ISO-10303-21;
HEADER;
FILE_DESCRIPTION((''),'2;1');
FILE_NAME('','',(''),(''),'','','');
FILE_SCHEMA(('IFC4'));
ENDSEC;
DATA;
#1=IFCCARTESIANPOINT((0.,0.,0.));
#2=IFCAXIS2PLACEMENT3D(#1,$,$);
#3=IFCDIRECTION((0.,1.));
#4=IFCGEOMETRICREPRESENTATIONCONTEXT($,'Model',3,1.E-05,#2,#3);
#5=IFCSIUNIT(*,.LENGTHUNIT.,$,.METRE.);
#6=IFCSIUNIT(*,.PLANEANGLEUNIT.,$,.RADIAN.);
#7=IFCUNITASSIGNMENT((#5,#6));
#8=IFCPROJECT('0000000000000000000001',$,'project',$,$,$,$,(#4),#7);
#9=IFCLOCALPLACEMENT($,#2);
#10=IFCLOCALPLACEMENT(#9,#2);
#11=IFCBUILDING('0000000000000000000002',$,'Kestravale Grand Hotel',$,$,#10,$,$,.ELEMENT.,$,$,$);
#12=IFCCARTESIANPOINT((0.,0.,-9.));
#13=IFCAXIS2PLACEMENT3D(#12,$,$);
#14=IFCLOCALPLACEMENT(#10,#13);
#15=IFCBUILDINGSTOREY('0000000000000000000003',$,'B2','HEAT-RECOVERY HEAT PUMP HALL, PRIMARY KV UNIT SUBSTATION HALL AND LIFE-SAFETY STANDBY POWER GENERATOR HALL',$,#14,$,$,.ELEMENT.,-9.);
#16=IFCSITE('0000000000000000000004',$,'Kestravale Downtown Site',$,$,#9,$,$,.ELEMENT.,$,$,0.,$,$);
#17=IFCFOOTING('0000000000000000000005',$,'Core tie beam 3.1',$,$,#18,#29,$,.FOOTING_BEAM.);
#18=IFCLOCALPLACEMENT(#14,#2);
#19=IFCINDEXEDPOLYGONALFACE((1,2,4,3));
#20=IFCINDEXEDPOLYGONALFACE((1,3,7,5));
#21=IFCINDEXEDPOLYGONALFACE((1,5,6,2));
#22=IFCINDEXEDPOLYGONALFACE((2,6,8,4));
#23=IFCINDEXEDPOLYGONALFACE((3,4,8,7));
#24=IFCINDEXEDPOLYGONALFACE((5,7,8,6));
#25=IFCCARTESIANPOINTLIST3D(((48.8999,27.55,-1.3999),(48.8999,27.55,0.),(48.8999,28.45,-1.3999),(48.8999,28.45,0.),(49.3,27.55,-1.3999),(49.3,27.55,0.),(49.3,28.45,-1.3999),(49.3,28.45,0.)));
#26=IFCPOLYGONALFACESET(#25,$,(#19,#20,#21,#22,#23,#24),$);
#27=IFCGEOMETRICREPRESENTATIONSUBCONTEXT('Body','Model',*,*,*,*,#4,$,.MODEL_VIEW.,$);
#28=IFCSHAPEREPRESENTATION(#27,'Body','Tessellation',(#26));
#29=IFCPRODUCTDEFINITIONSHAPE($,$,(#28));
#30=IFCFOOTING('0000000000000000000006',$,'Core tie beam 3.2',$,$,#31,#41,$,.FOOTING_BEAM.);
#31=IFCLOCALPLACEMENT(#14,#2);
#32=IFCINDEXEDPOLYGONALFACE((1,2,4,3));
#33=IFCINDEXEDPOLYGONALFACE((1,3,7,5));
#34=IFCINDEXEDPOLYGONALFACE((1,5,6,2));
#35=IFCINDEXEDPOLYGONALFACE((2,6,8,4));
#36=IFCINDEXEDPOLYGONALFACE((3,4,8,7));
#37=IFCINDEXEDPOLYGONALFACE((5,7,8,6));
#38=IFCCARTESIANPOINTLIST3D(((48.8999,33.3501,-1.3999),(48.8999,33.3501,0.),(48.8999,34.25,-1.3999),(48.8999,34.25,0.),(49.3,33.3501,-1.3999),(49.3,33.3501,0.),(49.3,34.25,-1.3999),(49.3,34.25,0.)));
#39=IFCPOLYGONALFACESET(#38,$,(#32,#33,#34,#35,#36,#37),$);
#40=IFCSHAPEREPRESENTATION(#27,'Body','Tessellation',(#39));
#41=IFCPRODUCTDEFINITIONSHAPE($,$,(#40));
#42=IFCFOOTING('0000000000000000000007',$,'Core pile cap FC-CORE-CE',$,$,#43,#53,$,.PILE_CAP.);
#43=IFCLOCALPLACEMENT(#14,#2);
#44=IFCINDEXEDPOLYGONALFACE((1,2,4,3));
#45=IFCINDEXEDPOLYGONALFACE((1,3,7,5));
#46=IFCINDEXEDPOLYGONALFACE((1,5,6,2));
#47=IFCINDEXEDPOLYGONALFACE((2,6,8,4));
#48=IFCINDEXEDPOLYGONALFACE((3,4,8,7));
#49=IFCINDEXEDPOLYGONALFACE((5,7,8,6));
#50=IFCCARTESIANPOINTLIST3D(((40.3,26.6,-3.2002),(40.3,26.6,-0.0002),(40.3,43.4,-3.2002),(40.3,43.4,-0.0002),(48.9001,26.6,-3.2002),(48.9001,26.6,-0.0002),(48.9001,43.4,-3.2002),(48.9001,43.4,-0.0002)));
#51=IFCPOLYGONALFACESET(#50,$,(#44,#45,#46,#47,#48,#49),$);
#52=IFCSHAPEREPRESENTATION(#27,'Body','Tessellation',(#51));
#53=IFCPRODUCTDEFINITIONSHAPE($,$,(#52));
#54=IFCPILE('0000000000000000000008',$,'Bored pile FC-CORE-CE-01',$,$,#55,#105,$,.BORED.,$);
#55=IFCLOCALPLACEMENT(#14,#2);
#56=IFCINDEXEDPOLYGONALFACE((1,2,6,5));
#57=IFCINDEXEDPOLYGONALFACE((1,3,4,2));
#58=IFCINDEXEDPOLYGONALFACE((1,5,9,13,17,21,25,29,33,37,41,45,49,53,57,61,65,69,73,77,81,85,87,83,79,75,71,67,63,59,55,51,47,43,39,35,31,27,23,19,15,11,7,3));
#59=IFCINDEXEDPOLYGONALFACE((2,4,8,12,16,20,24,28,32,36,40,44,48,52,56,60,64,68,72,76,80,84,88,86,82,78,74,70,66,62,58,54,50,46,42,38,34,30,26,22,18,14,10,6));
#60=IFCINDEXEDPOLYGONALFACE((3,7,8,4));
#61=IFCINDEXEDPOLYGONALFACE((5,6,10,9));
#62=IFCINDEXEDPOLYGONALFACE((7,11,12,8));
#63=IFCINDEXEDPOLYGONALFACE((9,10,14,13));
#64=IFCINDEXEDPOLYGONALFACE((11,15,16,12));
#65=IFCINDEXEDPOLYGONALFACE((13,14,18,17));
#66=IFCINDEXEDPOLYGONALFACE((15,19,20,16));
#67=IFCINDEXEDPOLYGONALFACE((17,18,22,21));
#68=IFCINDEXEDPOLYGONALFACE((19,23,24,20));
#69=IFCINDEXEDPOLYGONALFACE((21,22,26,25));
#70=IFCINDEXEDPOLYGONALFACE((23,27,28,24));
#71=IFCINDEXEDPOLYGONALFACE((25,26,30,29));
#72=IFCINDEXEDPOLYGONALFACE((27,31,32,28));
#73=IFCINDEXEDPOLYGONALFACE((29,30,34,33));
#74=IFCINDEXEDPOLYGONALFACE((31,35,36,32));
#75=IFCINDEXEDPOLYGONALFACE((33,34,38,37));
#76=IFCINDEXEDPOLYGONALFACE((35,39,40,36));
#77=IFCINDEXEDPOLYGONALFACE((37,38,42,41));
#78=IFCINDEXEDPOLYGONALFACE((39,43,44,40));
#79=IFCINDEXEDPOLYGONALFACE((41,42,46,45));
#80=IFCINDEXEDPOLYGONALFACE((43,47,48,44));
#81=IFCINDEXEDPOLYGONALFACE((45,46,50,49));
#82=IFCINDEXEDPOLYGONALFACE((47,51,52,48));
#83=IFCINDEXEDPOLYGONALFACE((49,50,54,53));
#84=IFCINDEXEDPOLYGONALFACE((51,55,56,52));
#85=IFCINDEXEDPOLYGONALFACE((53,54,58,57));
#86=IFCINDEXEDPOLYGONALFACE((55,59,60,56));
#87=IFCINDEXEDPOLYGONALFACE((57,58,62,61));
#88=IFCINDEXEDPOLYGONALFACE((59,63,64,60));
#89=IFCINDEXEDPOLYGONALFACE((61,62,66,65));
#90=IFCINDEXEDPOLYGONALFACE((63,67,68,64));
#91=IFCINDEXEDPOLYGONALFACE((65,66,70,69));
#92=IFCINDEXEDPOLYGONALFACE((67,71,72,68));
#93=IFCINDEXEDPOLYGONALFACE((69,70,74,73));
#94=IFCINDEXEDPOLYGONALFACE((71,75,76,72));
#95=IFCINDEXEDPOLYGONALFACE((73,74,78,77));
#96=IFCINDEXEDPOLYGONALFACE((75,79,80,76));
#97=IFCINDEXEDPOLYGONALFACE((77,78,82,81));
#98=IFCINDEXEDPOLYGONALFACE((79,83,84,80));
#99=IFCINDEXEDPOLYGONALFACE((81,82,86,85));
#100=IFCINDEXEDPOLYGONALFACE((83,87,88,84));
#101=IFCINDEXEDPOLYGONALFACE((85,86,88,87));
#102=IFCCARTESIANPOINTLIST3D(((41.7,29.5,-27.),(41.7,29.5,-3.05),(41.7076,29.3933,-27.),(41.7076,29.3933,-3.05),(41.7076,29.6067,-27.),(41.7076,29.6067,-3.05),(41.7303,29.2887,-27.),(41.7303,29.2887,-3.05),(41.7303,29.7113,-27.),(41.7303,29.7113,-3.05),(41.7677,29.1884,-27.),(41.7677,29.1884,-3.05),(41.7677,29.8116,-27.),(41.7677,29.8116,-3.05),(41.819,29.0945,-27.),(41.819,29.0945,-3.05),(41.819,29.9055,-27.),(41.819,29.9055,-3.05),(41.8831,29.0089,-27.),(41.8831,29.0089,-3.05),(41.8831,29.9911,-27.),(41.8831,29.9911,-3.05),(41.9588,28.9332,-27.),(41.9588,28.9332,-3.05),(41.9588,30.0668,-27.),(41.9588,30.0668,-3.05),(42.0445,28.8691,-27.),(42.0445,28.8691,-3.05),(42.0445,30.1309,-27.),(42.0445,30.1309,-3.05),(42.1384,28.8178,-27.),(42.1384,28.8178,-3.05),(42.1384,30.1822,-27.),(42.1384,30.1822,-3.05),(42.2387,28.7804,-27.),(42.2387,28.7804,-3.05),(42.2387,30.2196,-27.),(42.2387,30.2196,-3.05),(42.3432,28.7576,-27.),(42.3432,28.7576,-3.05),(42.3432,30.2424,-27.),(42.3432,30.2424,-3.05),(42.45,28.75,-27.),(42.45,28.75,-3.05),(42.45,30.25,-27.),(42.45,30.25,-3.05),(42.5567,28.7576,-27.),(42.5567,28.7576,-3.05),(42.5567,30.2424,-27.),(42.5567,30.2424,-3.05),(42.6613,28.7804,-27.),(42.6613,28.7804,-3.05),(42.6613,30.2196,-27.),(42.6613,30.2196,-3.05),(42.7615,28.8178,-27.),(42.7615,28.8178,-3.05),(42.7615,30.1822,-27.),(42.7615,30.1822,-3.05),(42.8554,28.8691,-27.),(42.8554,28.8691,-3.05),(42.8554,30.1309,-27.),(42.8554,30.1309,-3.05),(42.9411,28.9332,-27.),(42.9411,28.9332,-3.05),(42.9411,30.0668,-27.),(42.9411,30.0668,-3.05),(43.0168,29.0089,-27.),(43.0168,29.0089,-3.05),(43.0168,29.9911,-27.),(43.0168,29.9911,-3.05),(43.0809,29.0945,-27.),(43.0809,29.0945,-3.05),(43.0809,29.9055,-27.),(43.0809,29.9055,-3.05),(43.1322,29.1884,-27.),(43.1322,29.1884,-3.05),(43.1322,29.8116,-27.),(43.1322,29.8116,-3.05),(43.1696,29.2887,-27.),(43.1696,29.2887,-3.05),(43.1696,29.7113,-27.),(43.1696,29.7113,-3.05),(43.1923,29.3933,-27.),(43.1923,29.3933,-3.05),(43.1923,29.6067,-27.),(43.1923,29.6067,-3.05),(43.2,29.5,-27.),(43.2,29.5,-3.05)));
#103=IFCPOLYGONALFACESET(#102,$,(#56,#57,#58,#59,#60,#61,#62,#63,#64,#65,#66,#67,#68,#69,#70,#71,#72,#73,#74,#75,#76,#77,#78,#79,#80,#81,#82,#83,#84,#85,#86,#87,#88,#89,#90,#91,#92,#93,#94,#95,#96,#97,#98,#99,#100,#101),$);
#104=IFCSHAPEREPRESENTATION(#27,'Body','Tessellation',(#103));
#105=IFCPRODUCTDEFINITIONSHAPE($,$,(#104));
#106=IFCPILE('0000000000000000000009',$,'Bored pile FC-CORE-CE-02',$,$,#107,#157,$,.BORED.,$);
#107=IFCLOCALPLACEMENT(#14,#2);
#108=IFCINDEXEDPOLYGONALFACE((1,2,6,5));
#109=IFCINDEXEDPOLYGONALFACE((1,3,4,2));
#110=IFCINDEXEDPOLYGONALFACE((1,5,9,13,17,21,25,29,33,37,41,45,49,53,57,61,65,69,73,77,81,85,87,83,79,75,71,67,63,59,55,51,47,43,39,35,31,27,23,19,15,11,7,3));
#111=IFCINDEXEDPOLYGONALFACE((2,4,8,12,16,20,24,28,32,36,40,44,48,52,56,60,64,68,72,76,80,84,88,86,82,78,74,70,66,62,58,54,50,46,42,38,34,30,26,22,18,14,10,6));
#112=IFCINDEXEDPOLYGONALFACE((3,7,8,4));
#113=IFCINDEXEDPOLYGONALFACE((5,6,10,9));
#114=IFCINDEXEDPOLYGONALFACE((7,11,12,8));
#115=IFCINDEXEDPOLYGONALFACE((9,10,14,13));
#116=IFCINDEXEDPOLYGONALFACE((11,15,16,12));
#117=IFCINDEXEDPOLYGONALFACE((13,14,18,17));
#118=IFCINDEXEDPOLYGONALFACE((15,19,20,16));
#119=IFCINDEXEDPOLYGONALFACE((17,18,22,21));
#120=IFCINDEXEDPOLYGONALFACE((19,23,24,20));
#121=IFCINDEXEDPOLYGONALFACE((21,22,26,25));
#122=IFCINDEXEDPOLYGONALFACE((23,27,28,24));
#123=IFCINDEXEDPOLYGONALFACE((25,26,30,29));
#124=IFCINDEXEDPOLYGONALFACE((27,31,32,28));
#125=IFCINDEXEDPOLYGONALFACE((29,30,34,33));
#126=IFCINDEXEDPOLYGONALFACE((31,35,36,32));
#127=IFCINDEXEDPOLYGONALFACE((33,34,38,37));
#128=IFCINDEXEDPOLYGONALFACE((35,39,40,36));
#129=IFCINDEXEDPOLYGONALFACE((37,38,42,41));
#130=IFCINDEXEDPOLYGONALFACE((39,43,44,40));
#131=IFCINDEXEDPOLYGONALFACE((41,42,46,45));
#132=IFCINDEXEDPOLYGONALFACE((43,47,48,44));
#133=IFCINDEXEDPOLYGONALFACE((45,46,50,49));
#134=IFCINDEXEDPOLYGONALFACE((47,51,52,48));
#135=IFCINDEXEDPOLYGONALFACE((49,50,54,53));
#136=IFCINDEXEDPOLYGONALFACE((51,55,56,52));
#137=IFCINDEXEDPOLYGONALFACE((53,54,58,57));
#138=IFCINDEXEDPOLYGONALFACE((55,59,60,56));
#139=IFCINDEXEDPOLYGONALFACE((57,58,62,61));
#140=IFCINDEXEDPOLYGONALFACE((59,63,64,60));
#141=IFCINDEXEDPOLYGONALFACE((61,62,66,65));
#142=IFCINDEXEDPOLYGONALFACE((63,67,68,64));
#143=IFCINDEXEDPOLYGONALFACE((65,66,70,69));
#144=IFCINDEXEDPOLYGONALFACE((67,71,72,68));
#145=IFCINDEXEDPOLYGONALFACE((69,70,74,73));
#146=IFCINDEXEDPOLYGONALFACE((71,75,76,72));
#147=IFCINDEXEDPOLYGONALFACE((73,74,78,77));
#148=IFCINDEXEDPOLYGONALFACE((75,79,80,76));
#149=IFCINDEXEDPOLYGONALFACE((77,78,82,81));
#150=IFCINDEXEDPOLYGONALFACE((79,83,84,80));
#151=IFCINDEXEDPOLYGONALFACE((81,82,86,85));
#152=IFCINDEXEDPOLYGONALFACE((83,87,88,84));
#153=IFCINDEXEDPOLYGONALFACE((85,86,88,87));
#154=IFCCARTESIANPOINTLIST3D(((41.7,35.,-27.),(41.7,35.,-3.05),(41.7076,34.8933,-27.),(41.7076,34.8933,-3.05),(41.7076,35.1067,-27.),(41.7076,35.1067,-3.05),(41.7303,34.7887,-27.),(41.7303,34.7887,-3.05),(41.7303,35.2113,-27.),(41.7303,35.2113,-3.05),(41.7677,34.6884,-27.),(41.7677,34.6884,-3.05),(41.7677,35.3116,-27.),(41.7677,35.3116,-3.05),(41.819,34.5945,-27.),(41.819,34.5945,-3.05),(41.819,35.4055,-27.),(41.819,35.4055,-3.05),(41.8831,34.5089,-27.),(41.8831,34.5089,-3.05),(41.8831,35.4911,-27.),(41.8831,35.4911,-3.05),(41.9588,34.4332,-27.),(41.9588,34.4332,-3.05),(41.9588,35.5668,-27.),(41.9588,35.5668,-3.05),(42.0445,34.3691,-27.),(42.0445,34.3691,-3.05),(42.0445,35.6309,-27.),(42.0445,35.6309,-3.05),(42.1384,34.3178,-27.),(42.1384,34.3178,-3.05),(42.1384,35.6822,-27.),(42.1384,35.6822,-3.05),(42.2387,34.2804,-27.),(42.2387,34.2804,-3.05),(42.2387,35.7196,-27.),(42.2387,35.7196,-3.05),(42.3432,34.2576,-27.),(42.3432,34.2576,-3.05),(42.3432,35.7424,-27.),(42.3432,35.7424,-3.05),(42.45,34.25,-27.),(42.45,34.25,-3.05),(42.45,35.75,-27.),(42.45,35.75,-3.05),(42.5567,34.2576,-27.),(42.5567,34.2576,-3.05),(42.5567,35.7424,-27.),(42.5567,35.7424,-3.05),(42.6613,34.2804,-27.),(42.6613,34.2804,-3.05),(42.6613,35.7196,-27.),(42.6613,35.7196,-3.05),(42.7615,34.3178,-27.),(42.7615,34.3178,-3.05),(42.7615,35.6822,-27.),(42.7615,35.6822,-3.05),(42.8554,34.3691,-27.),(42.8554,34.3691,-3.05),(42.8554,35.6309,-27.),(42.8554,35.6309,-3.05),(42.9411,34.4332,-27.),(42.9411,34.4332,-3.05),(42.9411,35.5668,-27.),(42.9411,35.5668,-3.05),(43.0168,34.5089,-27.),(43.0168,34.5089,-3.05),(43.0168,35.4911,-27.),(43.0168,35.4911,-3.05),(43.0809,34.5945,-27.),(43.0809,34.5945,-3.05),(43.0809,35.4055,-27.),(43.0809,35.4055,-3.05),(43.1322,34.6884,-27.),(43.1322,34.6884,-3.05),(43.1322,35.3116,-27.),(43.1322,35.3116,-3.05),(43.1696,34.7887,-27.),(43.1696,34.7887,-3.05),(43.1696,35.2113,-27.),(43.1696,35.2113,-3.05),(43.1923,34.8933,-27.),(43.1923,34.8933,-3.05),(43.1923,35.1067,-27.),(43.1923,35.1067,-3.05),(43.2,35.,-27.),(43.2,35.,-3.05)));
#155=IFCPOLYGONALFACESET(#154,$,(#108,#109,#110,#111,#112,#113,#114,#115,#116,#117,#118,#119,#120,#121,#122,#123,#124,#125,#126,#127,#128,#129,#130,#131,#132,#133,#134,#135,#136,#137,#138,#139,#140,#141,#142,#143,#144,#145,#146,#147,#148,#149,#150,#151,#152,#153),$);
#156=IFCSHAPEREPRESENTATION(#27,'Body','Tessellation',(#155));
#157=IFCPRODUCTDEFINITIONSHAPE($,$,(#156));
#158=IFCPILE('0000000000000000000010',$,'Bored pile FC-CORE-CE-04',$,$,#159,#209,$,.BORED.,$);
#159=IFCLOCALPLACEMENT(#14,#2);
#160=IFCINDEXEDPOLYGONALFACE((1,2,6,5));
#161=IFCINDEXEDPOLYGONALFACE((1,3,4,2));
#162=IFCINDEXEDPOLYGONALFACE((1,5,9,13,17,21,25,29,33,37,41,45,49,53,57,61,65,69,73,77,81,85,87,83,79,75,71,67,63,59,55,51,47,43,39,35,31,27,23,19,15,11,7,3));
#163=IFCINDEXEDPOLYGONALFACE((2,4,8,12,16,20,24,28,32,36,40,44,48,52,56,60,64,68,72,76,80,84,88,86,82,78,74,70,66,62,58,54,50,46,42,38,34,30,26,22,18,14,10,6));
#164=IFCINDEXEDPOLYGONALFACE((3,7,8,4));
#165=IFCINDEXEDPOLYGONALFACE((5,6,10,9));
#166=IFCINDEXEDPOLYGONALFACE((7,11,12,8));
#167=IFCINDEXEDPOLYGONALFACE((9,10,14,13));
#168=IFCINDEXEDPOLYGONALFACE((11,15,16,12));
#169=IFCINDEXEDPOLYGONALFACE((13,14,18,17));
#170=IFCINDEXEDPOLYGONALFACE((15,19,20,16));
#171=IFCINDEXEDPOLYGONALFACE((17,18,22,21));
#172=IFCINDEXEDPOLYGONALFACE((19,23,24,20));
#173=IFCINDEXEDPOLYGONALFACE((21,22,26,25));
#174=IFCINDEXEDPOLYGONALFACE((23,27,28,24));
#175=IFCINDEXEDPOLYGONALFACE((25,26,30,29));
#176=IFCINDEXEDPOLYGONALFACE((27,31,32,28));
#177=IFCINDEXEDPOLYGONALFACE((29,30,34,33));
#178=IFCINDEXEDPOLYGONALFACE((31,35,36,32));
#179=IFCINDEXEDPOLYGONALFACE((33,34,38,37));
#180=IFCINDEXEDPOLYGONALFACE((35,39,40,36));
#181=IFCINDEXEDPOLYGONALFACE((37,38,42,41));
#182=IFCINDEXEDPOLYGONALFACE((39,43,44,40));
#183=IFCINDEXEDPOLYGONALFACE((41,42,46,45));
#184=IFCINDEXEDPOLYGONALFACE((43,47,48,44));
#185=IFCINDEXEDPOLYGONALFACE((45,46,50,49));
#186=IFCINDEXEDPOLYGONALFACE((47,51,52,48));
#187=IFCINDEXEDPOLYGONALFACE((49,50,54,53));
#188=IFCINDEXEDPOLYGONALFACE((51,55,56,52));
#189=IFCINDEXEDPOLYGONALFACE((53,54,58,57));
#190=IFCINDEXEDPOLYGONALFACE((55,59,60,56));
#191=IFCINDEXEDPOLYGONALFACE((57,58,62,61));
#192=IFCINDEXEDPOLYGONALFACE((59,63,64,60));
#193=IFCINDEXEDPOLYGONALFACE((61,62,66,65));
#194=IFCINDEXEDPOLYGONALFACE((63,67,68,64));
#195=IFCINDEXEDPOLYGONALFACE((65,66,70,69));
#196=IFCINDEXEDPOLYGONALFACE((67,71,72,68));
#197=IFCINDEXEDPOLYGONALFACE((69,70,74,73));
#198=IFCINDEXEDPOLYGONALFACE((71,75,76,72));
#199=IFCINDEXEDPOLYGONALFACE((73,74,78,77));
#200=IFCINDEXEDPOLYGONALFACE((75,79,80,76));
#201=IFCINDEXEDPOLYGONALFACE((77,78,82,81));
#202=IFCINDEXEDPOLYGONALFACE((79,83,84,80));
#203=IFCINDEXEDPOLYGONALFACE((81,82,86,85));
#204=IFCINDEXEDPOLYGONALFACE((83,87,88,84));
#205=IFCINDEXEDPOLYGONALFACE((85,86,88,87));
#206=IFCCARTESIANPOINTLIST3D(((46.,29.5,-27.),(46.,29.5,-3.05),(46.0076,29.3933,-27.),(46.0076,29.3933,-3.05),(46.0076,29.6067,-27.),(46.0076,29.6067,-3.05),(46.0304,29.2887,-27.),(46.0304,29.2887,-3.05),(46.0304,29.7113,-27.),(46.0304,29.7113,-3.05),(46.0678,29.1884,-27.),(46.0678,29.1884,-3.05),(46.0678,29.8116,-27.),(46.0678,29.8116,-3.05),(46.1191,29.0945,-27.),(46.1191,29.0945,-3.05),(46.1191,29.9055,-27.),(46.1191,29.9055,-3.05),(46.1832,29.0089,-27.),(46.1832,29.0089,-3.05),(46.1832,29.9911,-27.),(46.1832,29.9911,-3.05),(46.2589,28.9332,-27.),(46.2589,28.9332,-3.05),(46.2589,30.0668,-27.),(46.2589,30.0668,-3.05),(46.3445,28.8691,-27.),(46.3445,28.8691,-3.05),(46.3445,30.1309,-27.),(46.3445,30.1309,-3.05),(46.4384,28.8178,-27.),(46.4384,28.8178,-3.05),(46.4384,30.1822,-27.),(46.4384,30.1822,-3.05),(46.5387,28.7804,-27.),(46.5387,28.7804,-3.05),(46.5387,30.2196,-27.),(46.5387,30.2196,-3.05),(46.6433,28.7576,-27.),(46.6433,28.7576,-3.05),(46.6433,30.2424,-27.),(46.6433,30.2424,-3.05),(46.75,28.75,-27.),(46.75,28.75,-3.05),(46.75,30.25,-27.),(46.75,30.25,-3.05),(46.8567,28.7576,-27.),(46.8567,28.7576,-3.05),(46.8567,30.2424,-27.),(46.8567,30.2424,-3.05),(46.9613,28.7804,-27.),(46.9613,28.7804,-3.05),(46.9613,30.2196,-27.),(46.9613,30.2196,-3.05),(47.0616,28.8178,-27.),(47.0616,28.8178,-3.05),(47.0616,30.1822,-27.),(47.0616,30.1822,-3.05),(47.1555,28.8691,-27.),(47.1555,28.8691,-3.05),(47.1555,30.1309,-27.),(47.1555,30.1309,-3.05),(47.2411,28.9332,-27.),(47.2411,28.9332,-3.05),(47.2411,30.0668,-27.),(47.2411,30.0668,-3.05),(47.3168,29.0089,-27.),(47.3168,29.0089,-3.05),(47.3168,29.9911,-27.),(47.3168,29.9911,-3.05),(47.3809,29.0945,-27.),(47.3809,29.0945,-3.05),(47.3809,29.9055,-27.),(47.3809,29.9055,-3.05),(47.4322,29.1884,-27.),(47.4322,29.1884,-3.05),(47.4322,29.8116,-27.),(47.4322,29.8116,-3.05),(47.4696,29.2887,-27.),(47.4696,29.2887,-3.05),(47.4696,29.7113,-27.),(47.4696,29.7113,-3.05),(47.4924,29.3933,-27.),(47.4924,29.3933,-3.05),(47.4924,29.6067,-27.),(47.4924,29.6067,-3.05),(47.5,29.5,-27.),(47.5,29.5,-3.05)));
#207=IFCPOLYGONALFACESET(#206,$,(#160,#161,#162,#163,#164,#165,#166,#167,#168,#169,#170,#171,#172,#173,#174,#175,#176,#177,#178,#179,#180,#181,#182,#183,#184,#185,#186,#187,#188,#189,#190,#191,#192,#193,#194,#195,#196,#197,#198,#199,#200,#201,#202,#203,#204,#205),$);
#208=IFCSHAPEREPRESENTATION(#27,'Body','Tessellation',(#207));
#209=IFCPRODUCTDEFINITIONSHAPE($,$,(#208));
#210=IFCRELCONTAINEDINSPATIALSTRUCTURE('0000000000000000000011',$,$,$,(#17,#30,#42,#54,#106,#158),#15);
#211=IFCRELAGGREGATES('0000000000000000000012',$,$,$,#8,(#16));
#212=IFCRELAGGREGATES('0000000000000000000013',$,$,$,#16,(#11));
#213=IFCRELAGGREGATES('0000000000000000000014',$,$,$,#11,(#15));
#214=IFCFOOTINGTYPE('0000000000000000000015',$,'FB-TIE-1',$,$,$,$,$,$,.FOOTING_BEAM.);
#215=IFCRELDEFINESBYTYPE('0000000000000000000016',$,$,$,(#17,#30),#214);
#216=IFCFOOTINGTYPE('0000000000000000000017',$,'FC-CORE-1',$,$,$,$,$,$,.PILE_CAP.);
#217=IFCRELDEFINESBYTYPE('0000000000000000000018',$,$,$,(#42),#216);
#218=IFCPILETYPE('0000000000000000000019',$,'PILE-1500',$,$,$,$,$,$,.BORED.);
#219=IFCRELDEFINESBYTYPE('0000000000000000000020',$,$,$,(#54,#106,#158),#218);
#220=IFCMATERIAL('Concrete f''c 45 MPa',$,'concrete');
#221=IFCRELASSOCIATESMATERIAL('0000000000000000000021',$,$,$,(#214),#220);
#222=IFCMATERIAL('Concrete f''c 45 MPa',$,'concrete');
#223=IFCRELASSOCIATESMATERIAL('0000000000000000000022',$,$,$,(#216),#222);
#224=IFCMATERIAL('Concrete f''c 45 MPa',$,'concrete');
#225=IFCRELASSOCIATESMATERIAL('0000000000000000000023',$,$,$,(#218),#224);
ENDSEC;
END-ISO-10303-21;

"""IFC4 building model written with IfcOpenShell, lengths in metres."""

from ifc_helpers import new_model, si_unit, direction, frame, origin, origin_2d, place, context, subcontext, project, spatial, rectangle, circle, extrude, material, material_profile, profile_set, type_object, element, save


model = new_model("IFC4")

# Units and contexts
model_context = context("Model", 3, precision=1e-05, world=origin(), true_north=direction((0.0, 1.0)))
body_context = subcontext(model_context, "Body", "Model", "MODEL_VIEW")
ifc_project = project(units=[si_unit("LENGTHUNIT", "METRE"), si_unit("PLANEANGLEUNIT", "RADIAN")], contexts=[model_context])

# Site, building, storey
site_placement = place(None, origin())
site = spatial("IfcSite", under=ifc_project, at=site_placement, Name="Kestravale Downtown Site", CompositionType="ELEMENT", RefElevation=0.0)
building_placement = place(site_placement, origin())
building = spatial("IfcBuilding", under=site, at=building_placement, Name="Kestravale Grand Hotel", CompositionType="ELEMENT")
storey_placement = place(building_placement, frame((0.0, 0.0, -9.0)))
storey = spatial("IfcBuildingStorey", under=building, at=storey_placement, Name="B2", Description="HEAT-RECOVERY HEAT PUMP HALL, PRIMARY KV UNIT SUBSTATION HALL AND LIFE-SAFETY STANDBY POWER GENERATOR HALL", CompositionType="ELEMENT", Elevation=-9.0)

# Footings
ifc_material_1 = material(Name="Concrete f'c 45 MPa", Category="concrete")
ifc_material_profile_1 = material_profile(ifc_material_1, rectangle(XDim=0.8999, YDim=1.3999, at=origin_2d()))
ifc_profile_set_1 = profile_set([ifc_material_profile_1], Name="Concrete f'c 45 MPa")
footing_type_1 = type_object("IfcFootingType", Name="FB-TIE-1", PredefinedType="FOOTING_BEAM", material=ifc_profile_set_1)
for number, where, z_axis, x_axis, name in (
    (1, (48.8999, 28.0, -0.7), (1.0, 0.0, 0.0), (0.0, 1.0, 0.0), "Core tie beam 3.1"),
    (2, (48.8999, 33.8, -0.7), (1.0, 0.0, 0.0), (0.0, 1.0, 0.0), "Core tie beam 3.2"),
):
    element("IfcFooting", number, at=place(storey_placement, frame(where, z_axis=z_axis, x_axis=x_axis)), inside=storey, type_object=footing_type_1, Name=name, PredefinedType="FOOTING_BEAM", context=body_context, shape_type="SweptSolid", body=[
        extrude(rectangle(XDim=0.8999, YDim=1.3999, at=origin_2d()), origin(), (0.0, 0.0, 1.0), 0.4001),
    ])
ifc_material_2 = material(Name="Concrete f'c 45 MPa", Category="concrete")
footing_type_2 = type_object("IfcFootingType", Name="FC-CORE-1", PredefinedType="PILE_CAP", material=ifc_material_2)
footing_placement = place(storey_placement, frame((44.6001, 35.0, -3.2002), z_axis=(0.0, 0.0, 1.0), x_axis=(1.0, 0.0, 0.0)))
element("IfcFooting", 3, at=footing_placement, inside=storey, type_object=footing_type_2, Name="Core pile cap FC-CORE-CE", PredefinedType="PILE_CAP", context=body_context, shape_type="SweptSolid", body=[
    extrude(rectangle(XDim=8.6001, YDim=16.8, at=origin_2d()), origin(), (0.0, 0.0, 1.0), 3.2),
])

# Piles
ifc_material_3 = material(Name="Concrete f'c 45 MPa", Category="concrete")
ifc_material_profile_2 = material_profile(ifc_material_3, circle(Radius=0.75, at=origin_2d()))
ifc_profile_set_2 = profile_set([ifc_material_profile_2], Name="Concrete f'c 45 MPa")
pile_type_1 = type_object("IfcPileType", Name="PILE-1500", PredefinedType="BORED", material=ifc_profile_set_2)
for number, where, z_axis, x_axis, name in (
    (4, (42.45, 29.5, -3.05), (0.0, 0.0, -1.0), (1.0, 0.0, 0.0), "Bored pile FC-CORE-CE-01"),
    (5, (42.45, 35.0, -3.05), (0.0, 0.0, -1.0), (1.0, 0.0, 0.0), "Bored pile FC-CORE-CE-02"),
    (6, (46.75, 29.5, -3.05), (0.0, 0.0, -1.0), (1.0, 0.0, 0.0), "Bored pile FC-CORE-CE-04"),
):
    element("IfcPile", number, at=place(storey_placement, frame(where, z_axis=z_axis, x_axis=x_axis)), inside=storey, type_object=pile_type_1, Name=name, PredefinedType="BORED", context=body_context, shape_type="SweptSolid", body=[
        extrude(circle(Radius=0.75, at=origin_2d()), origin(), (0.0, 0.0, 1.0), 23.95),
    ])

save(model, "model.ifc")
